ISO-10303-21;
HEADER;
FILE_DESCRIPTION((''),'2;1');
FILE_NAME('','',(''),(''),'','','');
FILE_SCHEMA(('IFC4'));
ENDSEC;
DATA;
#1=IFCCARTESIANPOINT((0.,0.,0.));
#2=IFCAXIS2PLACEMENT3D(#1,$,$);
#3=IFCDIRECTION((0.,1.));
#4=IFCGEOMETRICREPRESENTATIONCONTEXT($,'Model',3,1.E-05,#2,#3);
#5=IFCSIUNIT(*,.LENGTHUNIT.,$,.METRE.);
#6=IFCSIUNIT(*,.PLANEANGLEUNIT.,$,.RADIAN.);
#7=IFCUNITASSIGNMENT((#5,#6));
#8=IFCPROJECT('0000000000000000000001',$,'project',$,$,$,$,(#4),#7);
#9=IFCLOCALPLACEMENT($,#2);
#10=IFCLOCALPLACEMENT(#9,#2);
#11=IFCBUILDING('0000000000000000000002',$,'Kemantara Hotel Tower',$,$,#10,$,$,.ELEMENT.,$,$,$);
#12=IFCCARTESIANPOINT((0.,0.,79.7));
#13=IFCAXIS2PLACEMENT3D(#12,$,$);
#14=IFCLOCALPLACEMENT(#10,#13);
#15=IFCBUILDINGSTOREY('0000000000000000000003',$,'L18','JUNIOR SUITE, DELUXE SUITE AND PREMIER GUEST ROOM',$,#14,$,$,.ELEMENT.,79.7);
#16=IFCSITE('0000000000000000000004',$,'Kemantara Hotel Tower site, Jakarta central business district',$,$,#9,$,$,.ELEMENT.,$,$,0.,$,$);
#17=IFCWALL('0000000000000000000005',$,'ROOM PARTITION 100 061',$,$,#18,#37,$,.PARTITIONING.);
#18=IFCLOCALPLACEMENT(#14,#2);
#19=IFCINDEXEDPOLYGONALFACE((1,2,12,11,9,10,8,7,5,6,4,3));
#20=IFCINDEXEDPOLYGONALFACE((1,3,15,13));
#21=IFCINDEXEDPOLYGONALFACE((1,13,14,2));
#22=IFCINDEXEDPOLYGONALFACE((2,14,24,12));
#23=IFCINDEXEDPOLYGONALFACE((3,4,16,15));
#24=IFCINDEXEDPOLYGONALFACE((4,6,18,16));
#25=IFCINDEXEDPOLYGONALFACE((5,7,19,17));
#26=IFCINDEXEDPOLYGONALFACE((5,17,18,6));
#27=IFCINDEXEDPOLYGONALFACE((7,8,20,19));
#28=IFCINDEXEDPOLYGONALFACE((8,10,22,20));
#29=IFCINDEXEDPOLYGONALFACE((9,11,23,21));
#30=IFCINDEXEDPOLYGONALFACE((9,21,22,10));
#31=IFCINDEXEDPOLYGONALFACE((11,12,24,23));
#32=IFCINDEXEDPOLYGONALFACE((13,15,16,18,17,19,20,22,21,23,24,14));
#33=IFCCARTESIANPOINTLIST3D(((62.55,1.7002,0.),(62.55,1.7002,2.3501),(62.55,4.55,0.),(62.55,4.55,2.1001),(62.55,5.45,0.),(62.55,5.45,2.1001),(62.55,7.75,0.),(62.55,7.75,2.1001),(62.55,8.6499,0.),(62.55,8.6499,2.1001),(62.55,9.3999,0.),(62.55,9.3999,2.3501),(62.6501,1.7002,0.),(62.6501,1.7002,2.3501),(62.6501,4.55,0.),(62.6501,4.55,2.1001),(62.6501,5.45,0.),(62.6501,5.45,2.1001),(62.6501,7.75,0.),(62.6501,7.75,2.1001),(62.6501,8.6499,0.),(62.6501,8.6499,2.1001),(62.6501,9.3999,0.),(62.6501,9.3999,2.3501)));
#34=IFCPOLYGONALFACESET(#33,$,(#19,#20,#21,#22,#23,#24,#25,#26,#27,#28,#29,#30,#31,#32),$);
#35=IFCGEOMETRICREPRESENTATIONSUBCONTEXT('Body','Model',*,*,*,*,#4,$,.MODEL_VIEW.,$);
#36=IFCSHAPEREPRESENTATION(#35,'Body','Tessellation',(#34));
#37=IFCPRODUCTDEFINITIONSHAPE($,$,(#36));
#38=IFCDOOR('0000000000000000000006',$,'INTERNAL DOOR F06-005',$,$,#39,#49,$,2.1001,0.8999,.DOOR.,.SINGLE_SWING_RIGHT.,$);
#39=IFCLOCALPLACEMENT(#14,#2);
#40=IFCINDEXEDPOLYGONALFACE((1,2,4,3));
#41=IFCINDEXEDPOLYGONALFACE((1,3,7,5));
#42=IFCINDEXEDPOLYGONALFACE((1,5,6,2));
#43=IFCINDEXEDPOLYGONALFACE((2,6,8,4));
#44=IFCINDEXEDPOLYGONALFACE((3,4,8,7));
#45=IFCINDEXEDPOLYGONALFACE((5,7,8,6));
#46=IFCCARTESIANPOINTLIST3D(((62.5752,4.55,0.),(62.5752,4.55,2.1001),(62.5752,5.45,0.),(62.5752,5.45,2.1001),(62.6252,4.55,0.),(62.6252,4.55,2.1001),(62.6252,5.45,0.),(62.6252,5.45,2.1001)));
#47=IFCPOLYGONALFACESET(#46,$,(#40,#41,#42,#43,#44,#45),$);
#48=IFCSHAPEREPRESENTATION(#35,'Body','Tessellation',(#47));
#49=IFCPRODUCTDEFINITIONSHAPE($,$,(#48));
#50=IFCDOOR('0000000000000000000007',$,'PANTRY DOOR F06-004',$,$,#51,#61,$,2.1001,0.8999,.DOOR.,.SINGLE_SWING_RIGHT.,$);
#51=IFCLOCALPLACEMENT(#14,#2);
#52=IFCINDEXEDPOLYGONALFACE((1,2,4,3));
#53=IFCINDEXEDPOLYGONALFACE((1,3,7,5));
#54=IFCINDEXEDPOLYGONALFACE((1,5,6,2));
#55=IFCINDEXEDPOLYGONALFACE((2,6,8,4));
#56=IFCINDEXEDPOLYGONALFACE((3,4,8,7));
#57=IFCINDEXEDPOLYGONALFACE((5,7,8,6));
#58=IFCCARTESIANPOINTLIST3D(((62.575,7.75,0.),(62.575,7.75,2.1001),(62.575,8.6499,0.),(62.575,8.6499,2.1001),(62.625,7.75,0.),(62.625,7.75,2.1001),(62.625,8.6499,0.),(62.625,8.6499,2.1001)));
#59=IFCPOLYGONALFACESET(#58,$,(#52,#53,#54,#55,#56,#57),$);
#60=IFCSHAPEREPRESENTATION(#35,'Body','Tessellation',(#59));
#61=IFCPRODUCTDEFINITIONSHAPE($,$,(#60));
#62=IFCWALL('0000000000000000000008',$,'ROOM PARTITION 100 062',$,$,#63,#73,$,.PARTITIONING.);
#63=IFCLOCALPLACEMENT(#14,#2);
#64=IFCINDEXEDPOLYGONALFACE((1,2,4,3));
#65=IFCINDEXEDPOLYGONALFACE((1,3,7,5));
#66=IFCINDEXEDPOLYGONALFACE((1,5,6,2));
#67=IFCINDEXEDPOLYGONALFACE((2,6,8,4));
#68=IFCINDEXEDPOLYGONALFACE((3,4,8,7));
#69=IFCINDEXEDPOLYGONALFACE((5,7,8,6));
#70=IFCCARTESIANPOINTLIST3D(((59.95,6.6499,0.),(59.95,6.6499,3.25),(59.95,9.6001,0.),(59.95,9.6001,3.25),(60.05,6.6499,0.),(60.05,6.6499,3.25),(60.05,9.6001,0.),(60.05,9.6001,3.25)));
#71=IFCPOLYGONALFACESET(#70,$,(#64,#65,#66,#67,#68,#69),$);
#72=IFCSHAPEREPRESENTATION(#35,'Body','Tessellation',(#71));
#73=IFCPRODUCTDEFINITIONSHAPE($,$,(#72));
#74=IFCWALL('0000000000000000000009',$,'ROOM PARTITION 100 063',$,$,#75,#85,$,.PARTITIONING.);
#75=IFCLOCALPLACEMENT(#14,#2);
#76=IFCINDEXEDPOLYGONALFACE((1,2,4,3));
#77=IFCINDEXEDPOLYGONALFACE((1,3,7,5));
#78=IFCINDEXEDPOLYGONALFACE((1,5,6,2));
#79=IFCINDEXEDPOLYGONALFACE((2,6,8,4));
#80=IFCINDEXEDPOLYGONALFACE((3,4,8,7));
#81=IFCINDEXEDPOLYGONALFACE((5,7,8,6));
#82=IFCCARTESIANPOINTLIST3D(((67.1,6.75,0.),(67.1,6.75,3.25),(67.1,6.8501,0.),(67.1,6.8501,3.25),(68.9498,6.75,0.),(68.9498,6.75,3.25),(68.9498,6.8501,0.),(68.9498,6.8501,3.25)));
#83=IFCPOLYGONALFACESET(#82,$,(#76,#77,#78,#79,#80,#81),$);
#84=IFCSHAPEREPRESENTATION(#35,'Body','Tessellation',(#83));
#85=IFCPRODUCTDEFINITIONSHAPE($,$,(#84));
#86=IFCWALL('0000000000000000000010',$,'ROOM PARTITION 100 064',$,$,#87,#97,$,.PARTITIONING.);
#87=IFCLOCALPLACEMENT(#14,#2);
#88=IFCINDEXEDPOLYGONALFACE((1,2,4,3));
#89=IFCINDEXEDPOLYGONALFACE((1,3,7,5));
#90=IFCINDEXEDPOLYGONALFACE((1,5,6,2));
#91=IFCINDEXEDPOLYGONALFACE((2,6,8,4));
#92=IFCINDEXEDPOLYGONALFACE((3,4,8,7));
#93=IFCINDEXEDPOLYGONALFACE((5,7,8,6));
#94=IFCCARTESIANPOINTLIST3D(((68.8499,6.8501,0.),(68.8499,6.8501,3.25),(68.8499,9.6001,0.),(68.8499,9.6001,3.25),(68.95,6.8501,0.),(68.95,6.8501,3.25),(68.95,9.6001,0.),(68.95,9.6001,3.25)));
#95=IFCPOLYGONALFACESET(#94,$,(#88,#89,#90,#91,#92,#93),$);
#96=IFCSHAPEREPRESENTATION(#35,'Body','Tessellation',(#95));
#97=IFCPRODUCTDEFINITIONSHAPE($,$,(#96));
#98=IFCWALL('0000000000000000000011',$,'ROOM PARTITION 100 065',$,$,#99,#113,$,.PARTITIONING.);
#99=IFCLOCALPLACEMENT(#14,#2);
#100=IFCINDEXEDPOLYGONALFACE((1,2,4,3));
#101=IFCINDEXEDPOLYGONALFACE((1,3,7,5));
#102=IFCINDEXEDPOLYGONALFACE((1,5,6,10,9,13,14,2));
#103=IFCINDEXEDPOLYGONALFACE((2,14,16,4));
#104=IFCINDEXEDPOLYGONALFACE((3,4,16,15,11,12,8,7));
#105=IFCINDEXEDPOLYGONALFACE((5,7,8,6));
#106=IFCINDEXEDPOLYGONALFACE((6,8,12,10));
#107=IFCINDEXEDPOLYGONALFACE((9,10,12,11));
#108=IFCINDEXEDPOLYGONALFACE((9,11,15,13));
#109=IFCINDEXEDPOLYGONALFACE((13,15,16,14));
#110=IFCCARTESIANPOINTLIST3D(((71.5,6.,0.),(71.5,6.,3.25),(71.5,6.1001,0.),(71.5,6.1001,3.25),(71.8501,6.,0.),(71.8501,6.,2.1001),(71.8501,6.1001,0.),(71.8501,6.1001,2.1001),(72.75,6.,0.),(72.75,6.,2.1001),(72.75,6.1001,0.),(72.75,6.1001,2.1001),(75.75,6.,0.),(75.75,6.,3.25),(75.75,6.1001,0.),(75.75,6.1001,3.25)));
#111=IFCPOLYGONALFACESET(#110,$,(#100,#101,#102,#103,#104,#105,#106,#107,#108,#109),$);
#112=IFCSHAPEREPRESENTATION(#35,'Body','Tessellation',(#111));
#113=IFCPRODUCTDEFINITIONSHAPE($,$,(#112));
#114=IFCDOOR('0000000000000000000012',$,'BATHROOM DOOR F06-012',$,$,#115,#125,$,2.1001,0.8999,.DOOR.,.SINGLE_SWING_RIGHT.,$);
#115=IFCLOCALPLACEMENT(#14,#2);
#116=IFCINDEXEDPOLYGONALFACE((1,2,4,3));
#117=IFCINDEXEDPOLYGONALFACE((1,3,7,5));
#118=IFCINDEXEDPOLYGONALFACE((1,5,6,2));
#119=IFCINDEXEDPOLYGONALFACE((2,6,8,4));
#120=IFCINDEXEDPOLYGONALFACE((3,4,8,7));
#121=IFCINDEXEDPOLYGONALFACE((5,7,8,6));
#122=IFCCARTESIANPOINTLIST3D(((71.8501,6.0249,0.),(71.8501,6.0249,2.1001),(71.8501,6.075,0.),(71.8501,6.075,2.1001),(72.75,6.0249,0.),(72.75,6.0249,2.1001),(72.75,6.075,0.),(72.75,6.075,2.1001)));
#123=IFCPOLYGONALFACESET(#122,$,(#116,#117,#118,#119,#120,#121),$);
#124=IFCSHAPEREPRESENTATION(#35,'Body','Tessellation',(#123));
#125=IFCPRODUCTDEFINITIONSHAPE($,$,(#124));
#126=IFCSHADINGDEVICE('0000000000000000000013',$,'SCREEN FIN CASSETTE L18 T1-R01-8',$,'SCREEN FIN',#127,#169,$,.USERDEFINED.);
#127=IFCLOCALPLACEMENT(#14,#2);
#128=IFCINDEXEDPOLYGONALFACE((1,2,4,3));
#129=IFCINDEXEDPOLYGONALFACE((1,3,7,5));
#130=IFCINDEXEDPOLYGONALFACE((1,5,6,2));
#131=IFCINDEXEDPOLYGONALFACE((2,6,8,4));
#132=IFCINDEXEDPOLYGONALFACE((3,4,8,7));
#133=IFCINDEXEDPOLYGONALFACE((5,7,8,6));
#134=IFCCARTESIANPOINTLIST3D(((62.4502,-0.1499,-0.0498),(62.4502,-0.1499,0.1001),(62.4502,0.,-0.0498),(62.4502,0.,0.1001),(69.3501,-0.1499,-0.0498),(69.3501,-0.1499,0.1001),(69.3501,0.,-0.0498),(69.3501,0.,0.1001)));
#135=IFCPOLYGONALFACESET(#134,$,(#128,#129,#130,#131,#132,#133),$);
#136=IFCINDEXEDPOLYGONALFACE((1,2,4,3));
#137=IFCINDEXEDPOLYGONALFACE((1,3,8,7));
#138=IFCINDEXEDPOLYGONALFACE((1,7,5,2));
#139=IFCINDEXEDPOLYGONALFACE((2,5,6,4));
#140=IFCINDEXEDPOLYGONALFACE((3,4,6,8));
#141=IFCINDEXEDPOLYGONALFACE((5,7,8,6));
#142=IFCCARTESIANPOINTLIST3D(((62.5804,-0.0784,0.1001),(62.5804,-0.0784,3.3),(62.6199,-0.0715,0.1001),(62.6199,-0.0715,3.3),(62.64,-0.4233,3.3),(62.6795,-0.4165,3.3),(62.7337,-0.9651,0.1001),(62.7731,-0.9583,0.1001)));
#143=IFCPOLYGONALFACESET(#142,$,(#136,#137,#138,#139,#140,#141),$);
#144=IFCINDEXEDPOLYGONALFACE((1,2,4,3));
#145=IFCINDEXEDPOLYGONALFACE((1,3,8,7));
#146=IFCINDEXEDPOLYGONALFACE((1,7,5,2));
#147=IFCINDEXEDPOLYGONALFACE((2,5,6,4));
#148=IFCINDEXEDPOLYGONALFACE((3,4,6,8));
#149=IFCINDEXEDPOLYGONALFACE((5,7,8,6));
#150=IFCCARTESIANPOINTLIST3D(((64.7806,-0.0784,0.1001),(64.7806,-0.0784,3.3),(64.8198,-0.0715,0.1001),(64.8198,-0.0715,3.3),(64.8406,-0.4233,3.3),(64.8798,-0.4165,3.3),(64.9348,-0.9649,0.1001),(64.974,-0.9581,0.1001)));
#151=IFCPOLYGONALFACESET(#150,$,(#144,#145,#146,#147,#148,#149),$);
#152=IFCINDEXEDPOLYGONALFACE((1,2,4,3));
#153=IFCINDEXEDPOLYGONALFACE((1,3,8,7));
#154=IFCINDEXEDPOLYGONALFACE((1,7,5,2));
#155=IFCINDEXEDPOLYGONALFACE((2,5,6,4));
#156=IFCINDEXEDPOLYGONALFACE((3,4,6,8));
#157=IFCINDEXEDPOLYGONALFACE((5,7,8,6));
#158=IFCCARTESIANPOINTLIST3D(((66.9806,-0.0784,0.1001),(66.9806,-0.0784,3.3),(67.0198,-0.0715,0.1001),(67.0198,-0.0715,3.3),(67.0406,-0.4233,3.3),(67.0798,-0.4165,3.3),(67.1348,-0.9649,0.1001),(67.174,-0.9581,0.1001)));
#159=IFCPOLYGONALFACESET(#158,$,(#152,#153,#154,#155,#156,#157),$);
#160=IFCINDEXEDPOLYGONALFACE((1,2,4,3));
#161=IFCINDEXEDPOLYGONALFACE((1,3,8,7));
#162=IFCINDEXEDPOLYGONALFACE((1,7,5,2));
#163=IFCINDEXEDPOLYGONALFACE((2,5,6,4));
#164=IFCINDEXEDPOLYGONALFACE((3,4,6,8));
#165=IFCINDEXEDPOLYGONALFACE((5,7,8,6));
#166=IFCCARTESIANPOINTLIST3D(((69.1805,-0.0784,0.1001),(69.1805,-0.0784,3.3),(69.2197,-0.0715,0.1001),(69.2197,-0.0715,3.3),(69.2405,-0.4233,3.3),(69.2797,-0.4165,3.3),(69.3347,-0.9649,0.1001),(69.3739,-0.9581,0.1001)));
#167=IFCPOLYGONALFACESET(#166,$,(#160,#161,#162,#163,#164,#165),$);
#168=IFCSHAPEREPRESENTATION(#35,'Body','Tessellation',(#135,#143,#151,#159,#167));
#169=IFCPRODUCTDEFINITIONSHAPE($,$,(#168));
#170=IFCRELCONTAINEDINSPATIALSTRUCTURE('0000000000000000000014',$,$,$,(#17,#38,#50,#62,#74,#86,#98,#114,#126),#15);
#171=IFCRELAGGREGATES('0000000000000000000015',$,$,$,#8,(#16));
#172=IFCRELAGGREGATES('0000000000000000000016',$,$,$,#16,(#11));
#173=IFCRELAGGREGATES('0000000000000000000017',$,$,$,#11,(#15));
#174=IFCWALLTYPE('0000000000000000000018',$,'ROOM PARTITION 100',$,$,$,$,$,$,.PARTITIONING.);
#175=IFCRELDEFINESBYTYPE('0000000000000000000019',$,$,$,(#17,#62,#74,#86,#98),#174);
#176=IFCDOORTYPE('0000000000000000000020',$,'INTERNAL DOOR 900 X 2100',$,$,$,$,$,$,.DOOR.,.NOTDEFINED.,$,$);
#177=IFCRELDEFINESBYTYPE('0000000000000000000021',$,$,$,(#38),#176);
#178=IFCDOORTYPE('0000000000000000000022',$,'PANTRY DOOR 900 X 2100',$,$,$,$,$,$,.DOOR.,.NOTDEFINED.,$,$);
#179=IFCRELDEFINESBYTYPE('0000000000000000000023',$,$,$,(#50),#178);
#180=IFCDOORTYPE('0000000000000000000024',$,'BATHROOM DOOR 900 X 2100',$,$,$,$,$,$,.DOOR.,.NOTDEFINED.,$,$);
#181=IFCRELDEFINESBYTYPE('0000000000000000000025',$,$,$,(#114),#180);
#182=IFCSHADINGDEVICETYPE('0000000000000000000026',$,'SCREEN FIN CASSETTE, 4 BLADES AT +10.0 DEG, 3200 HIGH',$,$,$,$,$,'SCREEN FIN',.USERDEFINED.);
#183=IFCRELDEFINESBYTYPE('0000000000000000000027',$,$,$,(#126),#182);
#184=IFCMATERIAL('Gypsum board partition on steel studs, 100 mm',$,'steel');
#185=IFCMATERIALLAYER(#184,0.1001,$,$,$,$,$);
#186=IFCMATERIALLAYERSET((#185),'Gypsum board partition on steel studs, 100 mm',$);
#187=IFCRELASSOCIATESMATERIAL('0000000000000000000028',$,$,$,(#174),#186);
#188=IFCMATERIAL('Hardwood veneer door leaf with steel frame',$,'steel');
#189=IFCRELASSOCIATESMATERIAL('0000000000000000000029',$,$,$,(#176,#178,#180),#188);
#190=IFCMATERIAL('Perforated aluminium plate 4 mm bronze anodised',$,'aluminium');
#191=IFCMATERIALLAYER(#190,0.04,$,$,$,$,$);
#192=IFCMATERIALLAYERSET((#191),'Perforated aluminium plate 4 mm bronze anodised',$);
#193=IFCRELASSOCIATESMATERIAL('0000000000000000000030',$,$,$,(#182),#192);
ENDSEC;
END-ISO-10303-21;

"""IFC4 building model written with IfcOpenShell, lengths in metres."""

from ifc_helpers import new_model, si_unit, direction, frame, frame_2d, origin, origin_2d, place, context, subcontext, project, spatial, polyline, rectangle, outline, extrude, source, transform, mapped, material, layer, layer_set, type_object, element, fill, save


model = new_model("IFC4")

# Units and contexts
model_context = context("Model", 3, precision=1e-05, world=origin(), true_north=direction((0.0, 1.0)))
body_context = subcontext(model_context, "Body", "Model", "MODEL_VIEW")
ifc_project = project(units=[si_unit("LENGTHUNIT", "METRE"), si_unit("PLANEANGLEUNIT", "RADIAN")], contexts=[model_context])

# Site, building, storey
site_placement = place(None, origin())
site = spatial("IfcSite", under=ifc_project, at=site_placement, Name="Kemantara Hotel Tower site, Jakarta central business district", CompositionType="ELEMENT", RefElevation=0.0)
building_placement = place(site_placement, origin())
building = spatial("IfcBuilding", under=site, at=building_placement, Name="Kemantara Hotel Tower", CompositionType="ELEMENT")
storey_placement = place(building_placement, frame((0.0, 0.0, 79.7)))
storey = spatial("IfcBuildingStorey", under=building, at=storey_placement, Name="L18", Description="JUNIOR SUITE, DELUXE SUITE AND PREMIER GUEST ROOM", CompositionType="ELEMENT", Elevation=79.7)

# Shared definitions
ifc_material_1 = material(Name="Hardwood veneer door leaf with steel frame", Category="steel")

# Wall, openings, doors
ifc_material_2 = material(Name="Gypsum board partition on steel studs, 100 mm", Category="steel")
ifc_layer_1 = layer(ifc_material_2, 0.1001)
ifc_layer_set_1 = layer_set([ifc_layer_1], Name="Gypsum board partition on steel studs, 100 mm")
wall_type_1 = type_object("IfcWallType", Name="ROOM PARTITION 100", PredefinedType="PARTITIONING", material=ifc_layer_set_1)
wall_1_placement = place(storey_placement, frame((62.6001, 1.7002, 0.0), z_axis=(0.0, 0.0, 1.0), x_axis=(0.0, 1.0, 0.0)))
wall_1 = element("IfcWall", 1, at=wall_1_placement, inside=storey, type_object=wall_type_1, Name="ROOM PARTITION 100 061", PredefinedType="PARTITIONING", context=body_context, shape_type="SweptSolid", body=[
    extrude(rectangle(XDim=7.6997, YDim=0.1001, at=frame_2d((3.8499, 0.0))), origin(), (0.0, 0.0, 1.0), 2.3501),
])
opening_1_placement = place(wall_1_placement, frame((6.0498, 0.0, 0.0)))
opening_1 = element("IfcOpeningElement", 2, at=opening_1_placement, cuts=wall_1, PredefinedType="OPENING", context=body_context, shape_type="SweptSolid", body=[
    extrude(rectangle(XDim=0.8999, YDim=2.1001, at=frame_2d((0.45, 1.05))), frame((0.0, 0.0601, 0.0), z_axis=(0.0, -1.0, 0.0), x_axis=(1.0, 0.0, 0.0)), (0.0, 0.0, 1.0), 0.1201),
])
opening_2_placement = place(wall_1_placement, frame((2.8499, 0.0, 0.0)))
opening_2 = element("IfcOpeningElement", 3, at=opening_2_placement, cuts=wall_1, PredefinedType="OPENING", context=body_context, shape_type="SweptSolid", body=[
    extrude(rectangle(XDim=0.8999, YDim=2.1001, at=frame_2d((0.45, 1.05))), frame((0.0, 0.0601, 0.0), z_axis=(0.0, -1.0, 0.0), x_axis=(1.0, 0.0, 0.0)), (0.0, 0.0, 1.0), 0.1201),
])
door_type_1 = type_object("IfcDoorType", Name="INTERNAL DOOR 900 X 2100", OperationType="NOTDEFINED", PredefinedType="DOOR", material=ifc_material_1)
door_1_placement = place(opening_2_placement, origin())
door_1 = element("IfcDoor", 4, at=door_1_placement, inside=storey, type_object=door_type_1, Name="INTERNAL DOOR F06-005", OperationType="SINGLE_SWING_RIGHT", OverallHeight=2.1001, OverallWidth=0.8999, PredefinedType="DOOR", context=body_context, shape_type="SweptSolid", body=[
    extrude(rectangle(XDim=0.8999, YDim=2.1001, at=frame_2d((0.45, 1.05))), frame((0.0, 0.0249, 0.0), z_axis=(0.0, -1.0, 0.0), x_axis=(1.0, 0.0, 0.0)), (0.0, 0.0, 1.0), 0.05),
])
fill(opening_2, door_1)
door_type_2 = type_object("IfcDoorType", Name="PANTRY DOOR 900 X 2100", OperationType="NOTDEFINED", PredefinedType="DOOR", material=ifc_material_1)
door_2_placement = place(opening_1_placement, frame((0.8999, 0.0, 0.0), z_axis=(0.0, 0.0, 1.0), x_axis=(-1.0, 0.0, 0.0)))
door_2 = element("IfcDoor", 5, at=door_2_placement, inside=storey, type_object=door_type_2, Name="PANTRY DOOR F06-004", OperationType="SINGLE_SWING_RIGHT", OverallHeight=2.1001, OverallWidth=0.8999, PredefinedType="DOOR", context=body_context, shape_type="SweptSolid", body=[
    extrude(rectangle(XDim=0.8999, YDim=2.1001, at=frame_2d((0.45, 1.05))), frame((0.0, 0.0249, 0.0), z_axis=(0.0, -1.0, 0.0), x_axis=(1.0, 0.0, 0.0)), (0.0, 0.0, 1.0), 0.05),
])
fill(opening_1, door_2)

# Walls
wall_2_placement = place(storey_placement, frame((60.0, 6.6499, 0.0), z_axis=(0.0, 0.0, 1.0), x_axis=(0.0, 1.0, 0.0)))
element("IfcWall", 6, at=wall_2_placement, inside=storey, type_object=wall_type_1, Name="ROOM PARTITION 100 062", PredefinedType="PARTITIONING", context=body_context, shape_type="SweptSolid", body=[
    extrude(rectangle(XDim=2.9502, YDim=0.1001, at=frame_2d((1.4751, 0.0))), origin(), (0.0, 0.0, 1.0), 3.25),
])
wall_3_placement = place(storey_placement, frame((67.1001, 6.8, 0.0), z_axis=(0.0, 0.0, 1.0), x_axis=(1.0, 0.0, 0.0)))
element("IfcWall", 7, at=wall_3_placement, inside=storey, type_object=wall_type_1, Name="ROOM PARTITION 100 063", PredefinedType="PARTITIONING", context=body_context, shape_type="SweptSolid", body=[
    extrude(rectangle(XDim=1.8499, YDim=0.1001, at=frame_2d((0.9248, 0.0))), origin(), (0.0, 0.0, 1.0), 3.25),
])
wall_4_placement = place(storey_placement, frame((68.8999, 6.8501, 0.0), z_axis=(0.0, 0.0, 1.0), x_axis=(0.0, 1.0, 0.0)))
element("IfcWall", 8, at=wall_4_placement, inside=storey, type_object=wall_type_1, Name="ROOM PARTITION 100 064", PredefinedType="PARTITIONING", context=body_context, shape_type="SweptSolid", body=[
    extrude(rectangle(XDim=2.75, YDim=0.1001, at=frame_2d((1.375, 0.0))), origin(), (0.0, 0.0, 1.0), 3.25),
])

# Wall, opening, door
wall_5_placement = place(storey_placement, frame((71.5, 6.05, 0.0), z_axis=(0.0, 0.0, 1.0), x_axis=(1.0, 0.0, 0.0)))
wall_5 = element("IfcWall", 9, at=wall_5_placement, inside=storey, type_object=wall_type_1, Name="ROOM PARTITION 100 065", PredefinedType="PARTITIONING", context=body_context, shape_type="SweptSolid", body=[
    extrude(rectangle(XDim=4.25, YDim=0.1001, at=frame_2d((2.125, 0.0))), origin(), (0.0, 0.0, 1.0), 3.25),
])
opening_3_placement = place(wall_5_placement, frame((0.3501, 0.0, 0.0)))
opening_3 = element("IfcOpeningElement", 10, at=opening_3_placement, cuts=wall_5, PredefinedType="OPENING", context=body_context, shape_type="SweptSolid", body=[
    extrude(rectangle(XDim=0.8999, YDim=2.1001, at=frame_2d((0.45, 1.05))), frame((0.0, 0.0601, 0.0), z_axis=(0.0, -1.0, 0.0), x_axis=(1.0, 0.0, 0.0)), (0.0, 0.0, 1.0), 0.1201),
])
door_type_3 = type_object("IfcDoorType", Name="BATHROOM DOOR 900 X 2100", OperationType="NOTDEFINED", PredefinedType="DOOR", material=ifc_material_1)
door_3_placement = place(opening_3_placement, origin())
door_3 = element("IfcDoor", 11, at=door_3_placement, inside=storey, type_object=door_type_3, Name="BATHROOM DOOR F06-012", OperationType="SINGLE_SWING_RIGHT", OverallHeight=2.1001, OverallWidth=0.8999, PredefinedType="DOOR", context=body_context, shape_type="SweptSolid", body=[
    extrude(rectangle(XDim=0.8999, YDim=2.1001, at=frame_2d((0.45, 1.05))), frame((0.0, 0.0249, 0.0), z_axis=(0.0, -1.0, 0.0), x_axis=(1.0, 0.0, 0.0)), (0.0, 0.0, 1.0), 0.05),
])
fill(opening_3, door_3)

# Shading device
ifc_material_3 = material(Name="Perforated aluminium plate 4 mm bronze anodised", Category="aluminium")
ifc_layer_2 = layer(ifc_material_3, 0.04)
ifc_layer_set_2 = layer_set([ifc_layer_2], Name="Perforated aluminium plate 4 mm bronze anodised")
shading_device_type_1 = type_object("IfcShadingDeviceType", Name="SCREEN FIN CASSETTE, 4 BLADES AT +10.0 DEG, 3200 HIGH", ElementType="SCREEN FIN", PredefinedType="USERDEFINED", material=ifc_layer_set_2)
shared_shape_1 = source(origin(), body_context, "Body", "SweptSolid", [
    extrude(rectangle(XDim=6.8999, YDim=0.1499, at=origin_2d()), frame((3.3, -0.075, -0.1499), z_axis=(0.0, 0.0, 1.0), x_axis=(1.0, 0.0, 0.0)), (0.0, 0.0, 1.0), 0.1499),
    extrude(outline(polyline([(0.0, 0.0), (0.8999, 0.0), (0.3501, 3.2), (0.0, 3.2), (0.0, 0.0)])), frame((0.0198, -0.0715, 0.0), z_axis=(-0.98539, -0.170314, 0.0), x_axis=(0.170314, -0.98539, 0.0)), (0.0, 0.0, 1.0), 0.04),
    extrude(outline(polyline([(0.0, 0.0), (0.8999, 0.0), (0.3501, 3.2), (0.0, 3.2), (0.0, 0.0)])), frame((2.2197, -0.0715, 0.0), z_axis=(-0.985212, -0.171341, 0.0), x_axis=(0.171341, -0.985212, 0.0)), (0.0, 0.0, 1.0), 0.0398),
    extrude(outline(polyline([(0.0, 0.0), (0.8999, 0.0), (0.3501, 3.2), (0.0, 3.2), (0.0, 0.0)])), frame((4.4197, -0.0715, 0.0), z_axis=(-0.985212, -0.171341, 0.0), x_axis=(0.171341, -0.985212, 0.0)), (0.0, 0.0, 1.0), 0.0398),
    extrude(outline(polyline([(0.0, 0.0), (0.8999, 0.0), (0.3501, 3.2), (0.0, 3.2), (0.0, 0.0)])), frame((6.6196, -0.0715, 0.0), z_axis=(-0.985212, -0.171341, 0.0), x_axis=(0.171341, -0.985212, 0.0)), (0.0, 0.0, 1.0), 0.0398),
])
shading_device_1_placement = place(storey_placement, frame((62.6001, 0.0, 0.1001), z_axis=(0.0, 0.0, 1.0), x_axis=(1.0, 0.0, 0.0)))
element("IfcShadingDevice", 12, at=shading_device_1_placement, inside=storey, type_object=shading_device_type_1, Name="SCREEN FIN CASSETTE L18 T1-R01-8", ObjectType="SCREEN FIN", PredefinedType="USERDEFINED", context=body_context, shape_type="MappedRepresentation", body=[
    mapped(shared_shape_1, transform((0.0, 0.0, 0.0))),
])

save(model, "model.ifc")
